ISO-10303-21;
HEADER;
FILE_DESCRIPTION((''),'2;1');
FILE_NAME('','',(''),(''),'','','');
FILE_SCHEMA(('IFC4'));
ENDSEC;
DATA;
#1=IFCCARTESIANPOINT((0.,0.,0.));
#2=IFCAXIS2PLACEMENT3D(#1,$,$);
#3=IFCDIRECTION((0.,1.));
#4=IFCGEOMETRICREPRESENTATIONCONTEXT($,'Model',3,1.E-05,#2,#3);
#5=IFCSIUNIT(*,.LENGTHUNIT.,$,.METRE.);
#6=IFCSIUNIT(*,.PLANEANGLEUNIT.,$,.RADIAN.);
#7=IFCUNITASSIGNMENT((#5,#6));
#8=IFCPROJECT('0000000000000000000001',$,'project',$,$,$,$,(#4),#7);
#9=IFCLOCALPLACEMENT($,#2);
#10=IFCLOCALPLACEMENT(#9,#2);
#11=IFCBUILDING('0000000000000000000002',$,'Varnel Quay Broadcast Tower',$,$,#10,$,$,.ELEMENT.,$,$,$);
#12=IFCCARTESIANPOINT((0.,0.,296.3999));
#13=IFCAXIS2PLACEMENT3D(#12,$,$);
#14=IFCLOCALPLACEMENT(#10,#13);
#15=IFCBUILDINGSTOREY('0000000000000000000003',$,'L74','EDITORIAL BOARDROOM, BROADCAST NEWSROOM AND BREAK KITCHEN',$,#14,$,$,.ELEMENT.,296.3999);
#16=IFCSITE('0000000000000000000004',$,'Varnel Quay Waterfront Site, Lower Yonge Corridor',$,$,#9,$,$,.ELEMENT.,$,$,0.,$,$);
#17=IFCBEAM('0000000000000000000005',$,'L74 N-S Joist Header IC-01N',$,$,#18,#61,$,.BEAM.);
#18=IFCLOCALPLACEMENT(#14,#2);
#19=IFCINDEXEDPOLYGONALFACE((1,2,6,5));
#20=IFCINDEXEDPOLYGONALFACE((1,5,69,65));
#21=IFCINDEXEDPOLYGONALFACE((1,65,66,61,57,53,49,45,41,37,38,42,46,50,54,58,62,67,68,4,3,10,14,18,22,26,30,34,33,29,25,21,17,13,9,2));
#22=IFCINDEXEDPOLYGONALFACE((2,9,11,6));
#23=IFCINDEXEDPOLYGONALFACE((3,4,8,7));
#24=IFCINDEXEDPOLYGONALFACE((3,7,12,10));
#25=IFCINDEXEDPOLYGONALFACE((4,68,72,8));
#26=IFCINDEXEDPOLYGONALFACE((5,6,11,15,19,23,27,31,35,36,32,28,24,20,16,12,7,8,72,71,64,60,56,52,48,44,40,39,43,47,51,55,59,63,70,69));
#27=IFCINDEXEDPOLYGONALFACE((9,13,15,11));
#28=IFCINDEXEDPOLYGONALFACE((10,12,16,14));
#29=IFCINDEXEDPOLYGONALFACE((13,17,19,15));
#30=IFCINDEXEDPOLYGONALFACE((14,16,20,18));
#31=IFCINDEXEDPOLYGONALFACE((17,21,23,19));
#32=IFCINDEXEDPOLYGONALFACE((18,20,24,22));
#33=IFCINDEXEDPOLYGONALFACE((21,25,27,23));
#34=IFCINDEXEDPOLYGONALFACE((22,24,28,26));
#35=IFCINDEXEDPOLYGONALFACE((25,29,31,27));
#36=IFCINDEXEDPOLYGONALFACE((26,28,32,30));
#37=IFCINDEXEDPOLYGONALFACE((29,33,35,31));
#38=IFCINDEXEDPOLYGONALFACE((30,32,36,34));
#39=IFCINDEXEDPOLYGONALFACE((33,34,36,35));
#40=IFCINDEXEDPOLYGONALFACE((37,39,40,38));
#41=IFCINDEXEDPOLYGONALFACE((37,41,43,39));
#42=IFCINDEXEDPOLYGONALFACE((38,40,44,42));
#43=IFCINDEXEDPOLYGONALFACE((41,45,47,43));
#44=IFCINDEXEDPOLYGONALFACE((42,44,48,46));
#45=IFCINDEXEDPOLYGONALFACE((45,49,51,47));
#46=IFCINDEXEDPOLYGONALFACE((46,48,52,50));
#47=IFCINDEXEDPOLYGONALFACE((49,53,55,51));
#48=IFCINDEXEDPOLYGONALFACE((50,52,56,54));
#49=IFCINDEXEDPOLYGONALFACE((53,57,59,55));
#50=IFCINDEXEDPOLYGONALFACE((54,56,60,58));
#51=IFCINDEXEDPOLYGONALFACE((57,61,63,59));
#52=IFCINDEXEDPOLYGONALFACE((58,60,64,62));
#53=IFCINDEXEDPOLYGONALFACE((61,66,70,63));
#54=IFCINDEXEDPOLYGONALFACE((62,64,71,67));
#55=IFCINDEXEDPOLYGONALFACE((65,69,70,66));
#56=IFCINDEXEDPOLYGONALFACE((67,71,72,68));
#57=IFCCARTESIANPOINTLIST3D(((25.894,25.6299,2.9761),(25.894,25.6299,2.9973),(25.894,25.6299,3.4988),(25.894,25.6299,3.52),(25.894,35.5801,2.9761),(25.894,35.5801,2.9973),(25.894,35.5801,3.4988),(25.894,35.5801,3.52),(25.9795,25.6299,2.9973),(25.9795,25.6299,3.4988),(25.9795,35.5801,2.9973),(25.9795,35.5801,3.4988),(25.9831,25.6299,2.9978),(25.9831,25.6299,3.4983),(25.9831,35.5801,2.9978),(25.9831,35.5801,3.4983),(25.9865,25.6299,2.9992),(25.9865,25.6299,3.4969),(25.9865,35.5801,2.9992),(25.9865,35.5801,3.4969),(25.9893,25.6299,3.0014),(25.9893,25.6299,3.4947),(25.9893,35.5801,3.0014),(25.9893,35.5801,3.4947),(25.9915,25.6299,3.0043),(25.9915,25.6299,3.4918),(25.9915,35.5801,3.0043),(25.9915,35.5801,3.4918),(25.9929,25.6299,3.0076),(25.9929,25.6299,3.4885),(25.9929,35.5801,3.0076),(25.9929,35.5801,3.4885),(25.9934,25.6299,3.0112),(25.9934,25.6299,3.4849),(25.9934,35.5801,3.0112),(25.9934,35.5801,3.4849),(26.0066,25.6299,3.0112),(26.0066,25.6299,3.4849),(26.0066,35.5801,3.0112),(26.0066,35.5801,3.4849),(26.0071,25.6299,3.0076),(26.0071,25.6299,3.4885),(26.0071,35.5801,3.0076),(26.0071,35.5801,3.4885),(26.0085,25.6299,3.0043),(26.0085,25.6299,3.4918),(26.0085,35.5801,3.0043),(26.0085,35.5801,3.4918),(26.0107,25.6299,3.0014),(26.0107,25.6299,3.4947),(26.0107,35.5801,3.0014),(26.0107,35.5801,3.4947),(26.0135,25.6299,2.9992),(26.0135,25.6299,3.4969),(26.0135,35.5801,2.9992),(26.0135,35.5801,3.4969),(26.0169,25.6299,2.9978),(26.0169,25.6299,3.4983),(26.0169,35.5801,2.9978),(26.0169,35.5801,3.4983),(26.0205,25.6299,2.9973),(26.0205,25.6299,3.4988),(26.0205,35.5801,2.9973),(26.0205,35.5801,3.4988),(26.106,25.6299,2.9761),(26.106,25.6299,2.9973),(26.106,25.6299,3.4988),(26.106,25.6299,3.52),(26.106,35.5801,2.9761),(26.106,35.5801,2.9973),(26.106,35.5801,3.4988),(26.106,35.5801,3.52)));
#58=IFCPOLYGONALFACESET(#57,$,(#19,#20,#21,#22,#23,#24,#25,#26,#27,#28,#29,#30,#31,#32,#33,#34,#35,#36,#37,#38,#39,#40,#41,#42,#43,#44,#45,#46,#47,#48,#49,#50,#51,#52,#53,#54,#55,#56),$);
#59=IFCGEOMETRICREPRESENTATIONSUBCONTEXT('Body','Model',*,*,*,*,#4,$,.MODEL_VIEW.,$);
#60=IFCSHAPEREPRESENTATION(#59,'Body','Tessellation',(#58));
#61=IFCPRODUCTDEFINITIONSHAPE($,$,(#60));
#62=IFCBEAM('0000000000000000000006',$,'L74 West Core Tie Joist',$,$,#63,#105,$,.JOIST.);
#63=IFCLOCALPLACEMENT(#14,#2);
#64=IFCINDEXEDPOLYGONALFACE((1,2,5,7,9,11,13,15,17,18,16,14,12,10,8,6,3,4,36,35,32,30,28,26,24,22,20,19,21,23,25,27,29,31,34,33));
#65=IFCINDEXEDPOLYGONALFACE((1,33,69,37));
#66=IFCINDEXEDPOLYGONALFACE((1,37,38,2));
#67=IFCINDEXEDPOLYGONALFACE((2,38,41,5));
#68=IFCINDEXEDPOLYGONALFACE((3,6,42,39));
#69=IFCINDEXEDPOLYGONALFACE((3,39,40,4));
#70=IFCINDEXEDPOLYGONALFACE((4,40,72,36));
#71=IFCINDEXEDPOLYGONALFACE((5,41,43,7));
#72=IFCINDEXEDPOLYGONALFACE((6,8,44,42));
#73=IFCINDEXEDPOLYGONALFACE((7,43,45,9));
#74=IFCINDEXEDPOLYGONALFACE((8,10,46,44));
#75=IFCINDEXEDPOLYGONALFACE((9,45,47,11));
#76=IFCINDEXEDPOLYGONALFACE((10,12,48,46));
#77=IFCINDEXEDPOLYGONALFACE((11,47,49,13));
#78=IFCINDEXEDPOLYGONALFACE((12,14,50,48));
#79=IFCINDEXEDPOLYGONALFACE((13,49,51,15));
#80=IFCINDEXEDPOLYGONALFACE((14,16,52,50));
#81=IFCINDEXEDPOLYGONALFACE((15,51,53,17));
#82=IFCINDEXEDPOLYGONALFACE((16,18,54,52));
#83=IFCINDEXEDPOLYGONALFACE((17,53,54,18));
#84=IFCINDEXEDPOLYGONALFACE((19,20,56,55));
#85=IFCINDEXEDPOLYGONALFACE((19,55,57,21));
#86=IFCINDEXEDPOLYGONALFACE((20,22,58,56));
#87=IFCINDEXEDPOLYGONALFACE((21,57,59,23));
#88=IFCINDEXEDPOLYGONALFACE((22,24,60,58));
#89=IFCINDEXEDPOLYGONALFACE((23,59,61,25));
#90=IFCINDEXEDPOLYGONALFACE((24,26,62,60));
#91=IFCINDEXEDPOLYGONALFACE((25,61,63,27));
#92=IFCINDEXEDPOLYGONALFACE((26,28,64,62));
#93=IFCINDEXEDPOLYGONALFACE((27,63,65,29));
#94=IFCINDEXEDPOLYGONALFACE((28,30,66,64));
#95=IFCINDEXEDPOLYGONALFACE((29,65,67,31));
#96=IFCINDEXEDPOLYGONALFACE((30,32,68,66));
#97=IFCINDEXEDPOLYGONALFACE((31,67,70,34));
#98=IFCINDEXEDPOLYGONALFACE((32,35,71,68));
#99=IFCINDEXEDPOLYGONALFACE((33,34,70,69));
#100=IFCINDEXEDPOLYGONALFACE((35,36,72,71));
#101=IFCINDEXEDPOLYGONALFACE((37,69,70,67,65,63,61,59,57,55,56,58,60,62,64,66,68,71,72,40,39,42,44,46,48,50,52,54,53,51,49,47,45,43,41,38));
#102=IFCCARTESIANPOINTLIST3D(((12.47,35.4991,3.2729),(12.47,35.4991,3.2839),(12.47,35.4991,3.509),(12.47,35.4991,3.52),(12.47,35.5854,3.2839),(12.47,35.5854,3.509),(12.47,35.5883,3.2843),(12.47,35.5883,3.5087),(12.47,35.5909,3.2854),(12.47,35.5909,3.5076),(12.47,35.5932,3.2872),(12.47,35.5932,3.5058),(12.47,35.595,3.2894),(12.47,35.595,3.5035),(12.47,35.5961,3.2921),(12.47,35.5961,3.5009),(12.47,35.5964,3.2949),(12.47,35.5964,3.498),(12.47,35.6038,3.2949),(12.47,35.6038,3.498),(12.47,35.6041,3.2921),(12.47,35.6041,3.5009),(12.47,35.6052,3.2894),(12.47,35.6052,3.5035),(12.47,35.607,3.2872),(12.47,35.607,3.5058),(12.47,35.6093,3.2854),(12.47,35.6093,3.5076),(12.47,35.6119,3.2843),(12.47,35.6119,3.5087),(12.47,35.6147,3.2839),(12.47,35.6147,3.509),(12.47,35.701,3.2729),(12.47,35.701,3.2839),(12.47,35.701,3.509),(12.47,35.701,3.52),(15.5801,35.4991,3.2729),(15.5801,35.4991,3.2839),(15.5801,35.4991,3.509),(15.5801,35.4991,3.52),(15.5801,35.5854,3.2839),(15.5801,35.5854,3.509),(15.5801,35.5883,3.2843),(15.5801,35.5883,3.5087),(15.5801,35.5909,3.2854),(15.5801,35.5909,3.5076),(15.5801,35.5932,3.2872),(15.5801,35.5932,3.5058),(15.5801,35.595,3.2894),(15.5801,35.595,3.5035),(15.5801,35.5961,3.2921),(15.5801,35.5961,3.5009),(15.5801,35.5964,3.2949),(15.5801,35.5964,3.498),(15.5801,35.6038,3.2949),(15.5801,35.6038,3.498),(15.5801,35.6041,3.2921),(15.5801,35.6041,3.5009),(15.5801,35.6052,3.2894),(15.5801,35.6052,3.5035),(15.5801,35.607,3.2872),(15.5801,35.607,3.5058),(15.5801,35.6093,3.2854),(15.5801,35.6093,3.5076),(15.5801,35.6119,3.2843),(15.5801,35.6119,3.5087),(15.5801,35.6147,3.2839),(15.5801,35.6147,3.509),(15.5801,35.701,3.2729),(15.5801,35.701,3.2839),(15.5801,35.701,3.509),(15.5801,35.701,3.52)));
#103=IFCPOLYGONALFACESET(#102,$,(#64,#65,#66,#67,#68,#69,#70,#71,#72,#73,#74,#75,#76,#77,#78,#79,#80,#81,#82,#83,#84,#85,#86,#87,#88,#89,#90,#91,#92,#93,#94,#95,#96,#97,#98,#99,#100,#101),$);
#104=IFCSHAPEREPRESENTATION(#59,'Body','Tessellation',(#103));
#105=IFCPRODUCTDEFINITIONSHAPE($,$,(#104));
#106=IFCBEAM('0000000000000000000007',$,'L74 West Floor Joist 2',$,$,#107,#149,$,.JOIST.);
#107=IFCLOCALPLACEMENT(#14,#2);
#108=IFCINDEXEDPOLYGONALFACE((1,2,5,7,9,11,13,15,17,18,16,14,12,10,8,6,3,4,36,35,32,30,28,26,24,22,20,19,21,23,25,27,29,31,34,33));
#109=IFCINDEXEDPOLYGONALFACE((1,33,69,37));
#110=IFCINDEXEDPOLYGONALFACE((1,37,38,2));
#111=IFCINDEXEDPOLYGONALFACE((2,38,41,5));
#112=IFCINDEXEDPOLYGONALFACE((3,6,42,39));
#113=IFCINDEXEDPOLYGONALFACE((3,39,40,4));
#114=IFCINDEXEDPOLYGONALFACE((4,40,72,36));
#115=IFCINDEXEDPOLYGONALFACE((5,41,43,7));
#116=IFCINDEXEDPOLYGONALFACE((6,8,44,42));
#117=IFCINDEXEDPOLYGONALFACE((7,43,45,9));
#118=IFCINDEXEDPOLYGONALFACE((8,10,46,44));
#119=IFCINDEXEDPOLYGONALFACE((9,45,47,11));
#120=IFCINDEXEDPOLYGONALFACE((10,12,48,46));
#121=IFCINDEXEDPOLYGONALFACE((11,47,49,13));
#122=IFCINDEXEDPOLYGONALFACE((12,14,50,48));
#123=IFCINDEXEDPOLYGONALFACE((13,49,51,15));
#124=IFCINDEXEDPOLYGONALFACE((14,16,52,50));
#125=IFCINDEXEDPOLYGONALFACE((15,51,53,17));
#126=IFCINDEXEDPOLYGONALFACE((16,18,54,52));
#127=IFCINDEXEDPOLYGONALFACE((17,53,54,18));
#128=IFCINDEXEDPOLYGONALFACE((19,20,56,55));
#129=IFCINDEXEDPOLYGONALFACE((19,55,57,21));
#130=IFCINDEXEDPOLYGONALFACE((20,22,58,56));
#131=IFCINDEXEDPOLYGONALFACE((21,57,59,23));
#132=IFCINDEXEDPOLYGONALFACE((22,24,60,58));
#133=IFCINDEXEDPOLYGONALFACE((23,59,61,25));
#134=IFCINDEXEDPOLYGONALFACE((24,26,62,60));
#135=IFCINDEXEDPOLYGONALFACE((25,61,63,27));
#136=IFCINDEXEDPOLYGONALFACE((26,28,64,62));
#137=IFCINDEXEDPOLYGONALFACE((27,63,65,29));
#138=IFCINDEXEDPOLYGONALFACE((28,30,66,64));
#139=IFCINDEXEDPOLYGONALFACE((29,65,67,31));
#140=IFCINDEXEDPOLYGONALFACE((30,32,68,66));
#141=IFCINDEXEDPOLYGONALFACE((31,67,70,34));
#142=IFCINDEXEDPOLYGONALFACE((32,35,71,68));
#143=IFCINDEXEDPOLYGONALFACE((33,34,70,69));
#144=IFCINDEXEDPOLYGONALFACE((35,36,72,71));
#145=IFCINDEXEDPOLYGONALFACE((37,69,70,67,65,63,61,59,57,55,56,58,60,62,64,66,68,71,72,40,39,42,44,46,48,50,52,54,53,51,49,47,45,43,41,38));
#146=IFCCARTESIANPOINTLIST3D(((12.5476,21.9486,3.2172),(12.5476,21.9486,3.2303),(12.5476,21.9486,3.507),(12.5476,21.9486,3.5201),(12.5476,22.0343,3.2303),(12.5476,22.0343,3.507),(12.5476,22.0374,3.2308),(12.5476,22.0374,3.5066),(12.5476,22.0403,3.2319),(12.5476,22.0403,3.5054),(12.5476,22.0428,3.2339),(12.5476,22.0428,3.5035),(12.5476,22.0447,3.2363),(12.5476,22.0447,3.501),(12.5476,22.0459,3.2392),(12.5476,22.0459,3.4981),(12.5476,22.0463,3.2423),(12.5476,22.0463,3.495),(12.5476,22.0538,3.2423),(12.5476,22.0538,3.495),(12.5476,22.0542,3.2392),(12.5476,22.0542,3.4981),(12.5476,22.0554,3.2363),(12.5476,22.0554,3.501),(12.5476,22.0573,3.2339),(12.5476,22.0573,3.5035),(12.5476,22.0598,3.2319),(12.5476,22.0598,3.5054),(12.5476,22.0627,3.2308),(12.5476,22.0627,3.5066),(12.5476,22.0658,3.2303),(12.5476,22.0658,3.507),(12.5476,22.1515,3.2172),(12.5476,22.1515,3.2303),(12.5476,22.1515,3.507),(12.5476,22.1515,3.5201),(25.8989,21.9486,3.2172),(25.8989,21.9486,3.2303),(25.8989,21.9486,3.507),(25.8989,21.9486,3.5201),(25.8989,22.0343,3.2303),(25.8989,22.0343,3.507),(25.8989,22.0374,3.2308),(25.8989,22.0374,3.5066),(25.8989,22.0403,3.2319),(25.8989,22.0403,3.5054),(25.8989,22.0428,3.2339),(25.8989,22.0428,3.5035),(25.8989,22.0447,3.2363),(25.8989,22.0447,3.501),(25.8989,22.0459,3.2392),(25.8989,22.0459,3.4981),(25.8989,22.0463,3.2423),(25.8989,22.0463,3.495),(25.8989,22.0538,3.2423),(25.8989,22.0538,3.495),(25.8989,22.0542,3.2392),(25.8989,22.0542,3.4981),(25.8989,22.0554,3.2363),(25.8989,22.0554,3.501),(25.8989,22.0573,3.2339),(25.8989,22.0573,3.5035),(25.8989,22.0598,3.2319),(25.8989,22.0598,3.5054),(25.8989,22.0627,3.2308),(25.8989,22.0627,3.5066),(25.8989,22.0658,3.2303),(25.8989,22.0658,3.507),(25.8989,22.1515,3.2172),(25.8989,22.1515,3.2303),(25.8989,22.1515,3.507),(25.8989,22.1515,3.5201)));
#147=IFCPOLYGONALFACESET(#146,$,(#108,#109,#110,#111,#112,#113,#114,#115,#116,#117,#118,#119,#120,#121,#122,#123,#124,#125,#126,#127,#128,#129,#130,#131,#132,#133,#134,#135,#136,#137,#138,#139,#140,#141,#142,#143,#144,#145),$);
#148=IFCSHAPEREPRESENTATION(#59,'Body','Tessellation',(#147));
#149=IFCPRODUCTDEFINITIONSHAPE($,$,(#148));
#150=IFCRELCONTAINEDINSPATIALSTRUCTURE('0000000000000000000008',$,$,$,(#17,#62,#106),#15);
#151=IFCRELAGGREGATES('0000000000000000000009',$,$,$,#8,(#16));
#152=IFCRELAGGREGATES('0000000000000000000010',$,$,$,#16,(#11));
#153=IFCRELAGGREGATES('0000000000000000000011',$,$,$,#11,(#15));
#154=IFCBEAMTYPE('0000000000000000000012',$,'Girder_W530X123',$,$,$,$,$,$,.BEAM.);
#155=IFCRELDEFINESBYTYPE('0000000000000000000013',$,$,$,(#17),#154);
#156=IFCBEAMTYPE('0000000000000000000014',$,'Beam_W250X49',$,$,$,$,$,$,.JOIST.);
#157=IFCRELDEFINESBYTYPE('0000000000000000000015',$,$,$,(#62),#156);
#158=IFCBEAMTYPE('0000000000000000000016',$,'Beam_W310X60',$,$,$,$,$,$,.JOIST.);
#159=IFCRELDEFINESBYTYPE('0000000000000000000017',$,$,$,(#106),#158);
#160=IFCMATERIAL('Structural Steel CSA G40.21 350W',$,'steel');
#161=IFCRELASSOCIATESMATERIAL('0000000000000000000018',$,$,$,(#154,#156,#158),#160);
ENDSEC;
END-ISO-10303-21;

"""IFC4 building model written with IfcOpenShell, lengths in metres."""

from ifc_helpers import new_model, si_unit, direction, frame, origin, origin_2d, place, context, subcontext, project, spatial, i_section, extrude, source, transform, mapped, material, material_profile, profile_set, type_object, type_shapes, element, save


model = new_model("IFC4")

# Units and contexts
model_context = context("Model", 3, precision=1e-05, world=origin(), true_north=direction((0.0, 1.0)))
body_context = subcontext(model_context, "Body", "Model", "MODEL_VIEW")
ifc_project = project(units=[si_unit("LENGTHUNIT", "METRE"), si_unit("PLANEANGLEUNIT", "RADIAN")], contexts=[model_context])

# Site, building, storey
site_placement = place(None, origin())
site = spatial("IfcSite", under=ifc_project, at=site_placement, Name="Varnel Quay Waterfront Site, Lower Yonge Corridor", CompositionType="ELEMENT", RefElevation=0.0)
building_placement = place(site_placement, origin())
building = spatial("IfcBuilding", under=site, at=building_placement, Name="Varnel Quay Broadcast Tower", CompositionType="ELEMENT")
storey_placement = place(building_placement, frame((0.0, 0.0, 296.3999)))
storey = spatial("IfcBuildingStorey", under=building, at=storey_placement, Name="L74", Description="EDITORIAL BOARDROOM, BROADCAST NEWSROOM AND BREAK KITCHEN", CompositionType="ELEMENT", Elevation=296.3999)

# Shared definitions
ifc_material_1 = material(Name="Structural Steel CSA G40.21 350W", Category="steel")

# Beams
ifc_material_profile_1 = material_profile(ifc_material_1, i_section(OverallWidth=0.2119, OverallDepth=0.5439, WebThickness=0.0132, FlangeThickness=0.0212, FilletRadius=0.0139, at=origin_2d()), Name="W530X123")
ifc_profile_set_1 = profile_set([ifc_material_profile_1], Name="Structural Steel CSA G40.21 350W")
beam_type_1 = type_object("IfcBeamType", Name="Girder_W530X123", PredefinedType="BEAM", material=ifc_profile_set_1)
shared_shape_1 = source(origin(), body_context, "Body", "SweptSolid", [
    extrude(i_section(OverallWidth=0.2119, OverallDepth=0.5439, WebThickness=0.0132, FlangeThickness=0.0212, FilletRadius=0.0139, at=origin_2d()), origin(), (0.0, 0.0, 1.0), 9.9502),
])
type_shapes(beam_type_1, [shared_shape_1])
beam_1_placement = place(storey_placement, frame((26.0, 25.6299, 3.248), z_axis=(0.0, 1.0, 0.0), x_axis=(-1.0, 0.0, 0.0)))
element("IfcBeam", 1, at=beam_1_placement, inside=storey, type_object=beam_type_1, Name="L74 N-S Joist Header IC-01N", PredefinedType="BEAM", context=body_context, shape_type="MappedRepresentation", body=[
    mapped(shared_shape_1, transform((0.0, 0.0, 0.0), x_axis=(1.0, 0.0, 0.0), y_axis=(0.0, 1.0, 0.0), z_axis=(0.0, 0.0, 1.0), scale=1.0)),
])
ifc_material_profile_2 = material_profile(ifc_material_1, i_section(OverallWidth=0.2019, OverallDepth=0.2471, WebThickness=0.0073, FlangeThickness=0.011, FilletRadius=0.011, at=origin_2d()), Name="W250X49")
ifc_profile_set_2 = profile_set([ifc_material_profile_2], Name="Structural Steel CSA G40.21 350W")
beam_type_2 = type_object("IfcBeamType", Name="Beam_W250X49", PredefinedType="JOIST", material=ifc_profile_set_2)
shared_shape_2 = source(origin(), body_context, "Body", "SweptSolid", [
    extrude(i_section(OverallWidth=0.2019, OverallDepth=0.2471, WebThickness=0.0073, FlangeThickness=0.011, FilletRadius=0.011, at=origin_2d()), origin(), (0.0, 0.0, 1.0), 3.1101),
])
type_shapes(beam_type_2, [shared_shape_2])
beam_2_placement = place(storey_placement, frame((12.47, 35.6001, 3.3965), z_axis=(1.0, 0.0, 0.0), x_axis=(0.0, 1.0, 0.0)))
element("IfcBeam", 2, at=beam_2_placement, inside=storey, type_object=beam_type_2, Name="L74 West Core Tie Joist", PredefinedType="JOIST", context=body_context, shape_type="MappedRepresentation", body=[
    mapped(shared_shape_2, transform((0.0, 0.0, 0.0), x_axis=(1.0, 0.0, 0.0), y_axis=(0.0, 1.0, 0.0), z_axis=(0.0, 0.0, 1.0), scale=1.0)),
])
ifc_material_profile_3 = material_profile(ifc_material_1, i_section(OverallWidth=0.2029, OverallDepth=0.303, WebThickness=0.0076, FlangeThickness=0.0132, FilletRadius=0.012, at=origin_2d()), Name="W310X60")
ifc_profile_set_3 = profile_set([ifc_material_profile_3], Name="Structural Steel CSA G40.21 350W")
beam_type_3 = type_object("IfcBeamType", Name="Beam_W310X60", PredefinedType="JOIST", material=ifc_profile_set_3)
shared_shape_3 = source(origin(), body_context, "Body", "SweptSolid", [
    extrude(i_section(OverallWidth=0.2029, OverallDepth=0.303, WebThickness=0.0076, FlangeThickness=0.0132, FilletRadius=0.012, at=origin_2d()), origin(), (0.0, 0.0, 1.0), 13.3513),
])
beam_3_placement = place(storey_placement, frame((12.5476, 22.05, 3.3687), z_axis=(1.0, 0.0, 0.0), x_axis=(0.0, 1.0, 0.0)))
element("IfcBeam", 3, at=beam_3_placement, inside=storey, type_object=beam_type_3, Name="L74 West Floor Joist 2", PredefinedType="JOIST", context=body_context, shape_type="MappedRepresentation", body=[
    mapped(shared_shape_3, transform((0.0, 0.0, 0.0), x_axis=(1.0, 0.0, 0.0), y_axis=(0.0, 1.0, 0.0), z_axis=(0.0, 0.0, 1.0), scale=1.0)),
])

save(model, "model.ifc")
